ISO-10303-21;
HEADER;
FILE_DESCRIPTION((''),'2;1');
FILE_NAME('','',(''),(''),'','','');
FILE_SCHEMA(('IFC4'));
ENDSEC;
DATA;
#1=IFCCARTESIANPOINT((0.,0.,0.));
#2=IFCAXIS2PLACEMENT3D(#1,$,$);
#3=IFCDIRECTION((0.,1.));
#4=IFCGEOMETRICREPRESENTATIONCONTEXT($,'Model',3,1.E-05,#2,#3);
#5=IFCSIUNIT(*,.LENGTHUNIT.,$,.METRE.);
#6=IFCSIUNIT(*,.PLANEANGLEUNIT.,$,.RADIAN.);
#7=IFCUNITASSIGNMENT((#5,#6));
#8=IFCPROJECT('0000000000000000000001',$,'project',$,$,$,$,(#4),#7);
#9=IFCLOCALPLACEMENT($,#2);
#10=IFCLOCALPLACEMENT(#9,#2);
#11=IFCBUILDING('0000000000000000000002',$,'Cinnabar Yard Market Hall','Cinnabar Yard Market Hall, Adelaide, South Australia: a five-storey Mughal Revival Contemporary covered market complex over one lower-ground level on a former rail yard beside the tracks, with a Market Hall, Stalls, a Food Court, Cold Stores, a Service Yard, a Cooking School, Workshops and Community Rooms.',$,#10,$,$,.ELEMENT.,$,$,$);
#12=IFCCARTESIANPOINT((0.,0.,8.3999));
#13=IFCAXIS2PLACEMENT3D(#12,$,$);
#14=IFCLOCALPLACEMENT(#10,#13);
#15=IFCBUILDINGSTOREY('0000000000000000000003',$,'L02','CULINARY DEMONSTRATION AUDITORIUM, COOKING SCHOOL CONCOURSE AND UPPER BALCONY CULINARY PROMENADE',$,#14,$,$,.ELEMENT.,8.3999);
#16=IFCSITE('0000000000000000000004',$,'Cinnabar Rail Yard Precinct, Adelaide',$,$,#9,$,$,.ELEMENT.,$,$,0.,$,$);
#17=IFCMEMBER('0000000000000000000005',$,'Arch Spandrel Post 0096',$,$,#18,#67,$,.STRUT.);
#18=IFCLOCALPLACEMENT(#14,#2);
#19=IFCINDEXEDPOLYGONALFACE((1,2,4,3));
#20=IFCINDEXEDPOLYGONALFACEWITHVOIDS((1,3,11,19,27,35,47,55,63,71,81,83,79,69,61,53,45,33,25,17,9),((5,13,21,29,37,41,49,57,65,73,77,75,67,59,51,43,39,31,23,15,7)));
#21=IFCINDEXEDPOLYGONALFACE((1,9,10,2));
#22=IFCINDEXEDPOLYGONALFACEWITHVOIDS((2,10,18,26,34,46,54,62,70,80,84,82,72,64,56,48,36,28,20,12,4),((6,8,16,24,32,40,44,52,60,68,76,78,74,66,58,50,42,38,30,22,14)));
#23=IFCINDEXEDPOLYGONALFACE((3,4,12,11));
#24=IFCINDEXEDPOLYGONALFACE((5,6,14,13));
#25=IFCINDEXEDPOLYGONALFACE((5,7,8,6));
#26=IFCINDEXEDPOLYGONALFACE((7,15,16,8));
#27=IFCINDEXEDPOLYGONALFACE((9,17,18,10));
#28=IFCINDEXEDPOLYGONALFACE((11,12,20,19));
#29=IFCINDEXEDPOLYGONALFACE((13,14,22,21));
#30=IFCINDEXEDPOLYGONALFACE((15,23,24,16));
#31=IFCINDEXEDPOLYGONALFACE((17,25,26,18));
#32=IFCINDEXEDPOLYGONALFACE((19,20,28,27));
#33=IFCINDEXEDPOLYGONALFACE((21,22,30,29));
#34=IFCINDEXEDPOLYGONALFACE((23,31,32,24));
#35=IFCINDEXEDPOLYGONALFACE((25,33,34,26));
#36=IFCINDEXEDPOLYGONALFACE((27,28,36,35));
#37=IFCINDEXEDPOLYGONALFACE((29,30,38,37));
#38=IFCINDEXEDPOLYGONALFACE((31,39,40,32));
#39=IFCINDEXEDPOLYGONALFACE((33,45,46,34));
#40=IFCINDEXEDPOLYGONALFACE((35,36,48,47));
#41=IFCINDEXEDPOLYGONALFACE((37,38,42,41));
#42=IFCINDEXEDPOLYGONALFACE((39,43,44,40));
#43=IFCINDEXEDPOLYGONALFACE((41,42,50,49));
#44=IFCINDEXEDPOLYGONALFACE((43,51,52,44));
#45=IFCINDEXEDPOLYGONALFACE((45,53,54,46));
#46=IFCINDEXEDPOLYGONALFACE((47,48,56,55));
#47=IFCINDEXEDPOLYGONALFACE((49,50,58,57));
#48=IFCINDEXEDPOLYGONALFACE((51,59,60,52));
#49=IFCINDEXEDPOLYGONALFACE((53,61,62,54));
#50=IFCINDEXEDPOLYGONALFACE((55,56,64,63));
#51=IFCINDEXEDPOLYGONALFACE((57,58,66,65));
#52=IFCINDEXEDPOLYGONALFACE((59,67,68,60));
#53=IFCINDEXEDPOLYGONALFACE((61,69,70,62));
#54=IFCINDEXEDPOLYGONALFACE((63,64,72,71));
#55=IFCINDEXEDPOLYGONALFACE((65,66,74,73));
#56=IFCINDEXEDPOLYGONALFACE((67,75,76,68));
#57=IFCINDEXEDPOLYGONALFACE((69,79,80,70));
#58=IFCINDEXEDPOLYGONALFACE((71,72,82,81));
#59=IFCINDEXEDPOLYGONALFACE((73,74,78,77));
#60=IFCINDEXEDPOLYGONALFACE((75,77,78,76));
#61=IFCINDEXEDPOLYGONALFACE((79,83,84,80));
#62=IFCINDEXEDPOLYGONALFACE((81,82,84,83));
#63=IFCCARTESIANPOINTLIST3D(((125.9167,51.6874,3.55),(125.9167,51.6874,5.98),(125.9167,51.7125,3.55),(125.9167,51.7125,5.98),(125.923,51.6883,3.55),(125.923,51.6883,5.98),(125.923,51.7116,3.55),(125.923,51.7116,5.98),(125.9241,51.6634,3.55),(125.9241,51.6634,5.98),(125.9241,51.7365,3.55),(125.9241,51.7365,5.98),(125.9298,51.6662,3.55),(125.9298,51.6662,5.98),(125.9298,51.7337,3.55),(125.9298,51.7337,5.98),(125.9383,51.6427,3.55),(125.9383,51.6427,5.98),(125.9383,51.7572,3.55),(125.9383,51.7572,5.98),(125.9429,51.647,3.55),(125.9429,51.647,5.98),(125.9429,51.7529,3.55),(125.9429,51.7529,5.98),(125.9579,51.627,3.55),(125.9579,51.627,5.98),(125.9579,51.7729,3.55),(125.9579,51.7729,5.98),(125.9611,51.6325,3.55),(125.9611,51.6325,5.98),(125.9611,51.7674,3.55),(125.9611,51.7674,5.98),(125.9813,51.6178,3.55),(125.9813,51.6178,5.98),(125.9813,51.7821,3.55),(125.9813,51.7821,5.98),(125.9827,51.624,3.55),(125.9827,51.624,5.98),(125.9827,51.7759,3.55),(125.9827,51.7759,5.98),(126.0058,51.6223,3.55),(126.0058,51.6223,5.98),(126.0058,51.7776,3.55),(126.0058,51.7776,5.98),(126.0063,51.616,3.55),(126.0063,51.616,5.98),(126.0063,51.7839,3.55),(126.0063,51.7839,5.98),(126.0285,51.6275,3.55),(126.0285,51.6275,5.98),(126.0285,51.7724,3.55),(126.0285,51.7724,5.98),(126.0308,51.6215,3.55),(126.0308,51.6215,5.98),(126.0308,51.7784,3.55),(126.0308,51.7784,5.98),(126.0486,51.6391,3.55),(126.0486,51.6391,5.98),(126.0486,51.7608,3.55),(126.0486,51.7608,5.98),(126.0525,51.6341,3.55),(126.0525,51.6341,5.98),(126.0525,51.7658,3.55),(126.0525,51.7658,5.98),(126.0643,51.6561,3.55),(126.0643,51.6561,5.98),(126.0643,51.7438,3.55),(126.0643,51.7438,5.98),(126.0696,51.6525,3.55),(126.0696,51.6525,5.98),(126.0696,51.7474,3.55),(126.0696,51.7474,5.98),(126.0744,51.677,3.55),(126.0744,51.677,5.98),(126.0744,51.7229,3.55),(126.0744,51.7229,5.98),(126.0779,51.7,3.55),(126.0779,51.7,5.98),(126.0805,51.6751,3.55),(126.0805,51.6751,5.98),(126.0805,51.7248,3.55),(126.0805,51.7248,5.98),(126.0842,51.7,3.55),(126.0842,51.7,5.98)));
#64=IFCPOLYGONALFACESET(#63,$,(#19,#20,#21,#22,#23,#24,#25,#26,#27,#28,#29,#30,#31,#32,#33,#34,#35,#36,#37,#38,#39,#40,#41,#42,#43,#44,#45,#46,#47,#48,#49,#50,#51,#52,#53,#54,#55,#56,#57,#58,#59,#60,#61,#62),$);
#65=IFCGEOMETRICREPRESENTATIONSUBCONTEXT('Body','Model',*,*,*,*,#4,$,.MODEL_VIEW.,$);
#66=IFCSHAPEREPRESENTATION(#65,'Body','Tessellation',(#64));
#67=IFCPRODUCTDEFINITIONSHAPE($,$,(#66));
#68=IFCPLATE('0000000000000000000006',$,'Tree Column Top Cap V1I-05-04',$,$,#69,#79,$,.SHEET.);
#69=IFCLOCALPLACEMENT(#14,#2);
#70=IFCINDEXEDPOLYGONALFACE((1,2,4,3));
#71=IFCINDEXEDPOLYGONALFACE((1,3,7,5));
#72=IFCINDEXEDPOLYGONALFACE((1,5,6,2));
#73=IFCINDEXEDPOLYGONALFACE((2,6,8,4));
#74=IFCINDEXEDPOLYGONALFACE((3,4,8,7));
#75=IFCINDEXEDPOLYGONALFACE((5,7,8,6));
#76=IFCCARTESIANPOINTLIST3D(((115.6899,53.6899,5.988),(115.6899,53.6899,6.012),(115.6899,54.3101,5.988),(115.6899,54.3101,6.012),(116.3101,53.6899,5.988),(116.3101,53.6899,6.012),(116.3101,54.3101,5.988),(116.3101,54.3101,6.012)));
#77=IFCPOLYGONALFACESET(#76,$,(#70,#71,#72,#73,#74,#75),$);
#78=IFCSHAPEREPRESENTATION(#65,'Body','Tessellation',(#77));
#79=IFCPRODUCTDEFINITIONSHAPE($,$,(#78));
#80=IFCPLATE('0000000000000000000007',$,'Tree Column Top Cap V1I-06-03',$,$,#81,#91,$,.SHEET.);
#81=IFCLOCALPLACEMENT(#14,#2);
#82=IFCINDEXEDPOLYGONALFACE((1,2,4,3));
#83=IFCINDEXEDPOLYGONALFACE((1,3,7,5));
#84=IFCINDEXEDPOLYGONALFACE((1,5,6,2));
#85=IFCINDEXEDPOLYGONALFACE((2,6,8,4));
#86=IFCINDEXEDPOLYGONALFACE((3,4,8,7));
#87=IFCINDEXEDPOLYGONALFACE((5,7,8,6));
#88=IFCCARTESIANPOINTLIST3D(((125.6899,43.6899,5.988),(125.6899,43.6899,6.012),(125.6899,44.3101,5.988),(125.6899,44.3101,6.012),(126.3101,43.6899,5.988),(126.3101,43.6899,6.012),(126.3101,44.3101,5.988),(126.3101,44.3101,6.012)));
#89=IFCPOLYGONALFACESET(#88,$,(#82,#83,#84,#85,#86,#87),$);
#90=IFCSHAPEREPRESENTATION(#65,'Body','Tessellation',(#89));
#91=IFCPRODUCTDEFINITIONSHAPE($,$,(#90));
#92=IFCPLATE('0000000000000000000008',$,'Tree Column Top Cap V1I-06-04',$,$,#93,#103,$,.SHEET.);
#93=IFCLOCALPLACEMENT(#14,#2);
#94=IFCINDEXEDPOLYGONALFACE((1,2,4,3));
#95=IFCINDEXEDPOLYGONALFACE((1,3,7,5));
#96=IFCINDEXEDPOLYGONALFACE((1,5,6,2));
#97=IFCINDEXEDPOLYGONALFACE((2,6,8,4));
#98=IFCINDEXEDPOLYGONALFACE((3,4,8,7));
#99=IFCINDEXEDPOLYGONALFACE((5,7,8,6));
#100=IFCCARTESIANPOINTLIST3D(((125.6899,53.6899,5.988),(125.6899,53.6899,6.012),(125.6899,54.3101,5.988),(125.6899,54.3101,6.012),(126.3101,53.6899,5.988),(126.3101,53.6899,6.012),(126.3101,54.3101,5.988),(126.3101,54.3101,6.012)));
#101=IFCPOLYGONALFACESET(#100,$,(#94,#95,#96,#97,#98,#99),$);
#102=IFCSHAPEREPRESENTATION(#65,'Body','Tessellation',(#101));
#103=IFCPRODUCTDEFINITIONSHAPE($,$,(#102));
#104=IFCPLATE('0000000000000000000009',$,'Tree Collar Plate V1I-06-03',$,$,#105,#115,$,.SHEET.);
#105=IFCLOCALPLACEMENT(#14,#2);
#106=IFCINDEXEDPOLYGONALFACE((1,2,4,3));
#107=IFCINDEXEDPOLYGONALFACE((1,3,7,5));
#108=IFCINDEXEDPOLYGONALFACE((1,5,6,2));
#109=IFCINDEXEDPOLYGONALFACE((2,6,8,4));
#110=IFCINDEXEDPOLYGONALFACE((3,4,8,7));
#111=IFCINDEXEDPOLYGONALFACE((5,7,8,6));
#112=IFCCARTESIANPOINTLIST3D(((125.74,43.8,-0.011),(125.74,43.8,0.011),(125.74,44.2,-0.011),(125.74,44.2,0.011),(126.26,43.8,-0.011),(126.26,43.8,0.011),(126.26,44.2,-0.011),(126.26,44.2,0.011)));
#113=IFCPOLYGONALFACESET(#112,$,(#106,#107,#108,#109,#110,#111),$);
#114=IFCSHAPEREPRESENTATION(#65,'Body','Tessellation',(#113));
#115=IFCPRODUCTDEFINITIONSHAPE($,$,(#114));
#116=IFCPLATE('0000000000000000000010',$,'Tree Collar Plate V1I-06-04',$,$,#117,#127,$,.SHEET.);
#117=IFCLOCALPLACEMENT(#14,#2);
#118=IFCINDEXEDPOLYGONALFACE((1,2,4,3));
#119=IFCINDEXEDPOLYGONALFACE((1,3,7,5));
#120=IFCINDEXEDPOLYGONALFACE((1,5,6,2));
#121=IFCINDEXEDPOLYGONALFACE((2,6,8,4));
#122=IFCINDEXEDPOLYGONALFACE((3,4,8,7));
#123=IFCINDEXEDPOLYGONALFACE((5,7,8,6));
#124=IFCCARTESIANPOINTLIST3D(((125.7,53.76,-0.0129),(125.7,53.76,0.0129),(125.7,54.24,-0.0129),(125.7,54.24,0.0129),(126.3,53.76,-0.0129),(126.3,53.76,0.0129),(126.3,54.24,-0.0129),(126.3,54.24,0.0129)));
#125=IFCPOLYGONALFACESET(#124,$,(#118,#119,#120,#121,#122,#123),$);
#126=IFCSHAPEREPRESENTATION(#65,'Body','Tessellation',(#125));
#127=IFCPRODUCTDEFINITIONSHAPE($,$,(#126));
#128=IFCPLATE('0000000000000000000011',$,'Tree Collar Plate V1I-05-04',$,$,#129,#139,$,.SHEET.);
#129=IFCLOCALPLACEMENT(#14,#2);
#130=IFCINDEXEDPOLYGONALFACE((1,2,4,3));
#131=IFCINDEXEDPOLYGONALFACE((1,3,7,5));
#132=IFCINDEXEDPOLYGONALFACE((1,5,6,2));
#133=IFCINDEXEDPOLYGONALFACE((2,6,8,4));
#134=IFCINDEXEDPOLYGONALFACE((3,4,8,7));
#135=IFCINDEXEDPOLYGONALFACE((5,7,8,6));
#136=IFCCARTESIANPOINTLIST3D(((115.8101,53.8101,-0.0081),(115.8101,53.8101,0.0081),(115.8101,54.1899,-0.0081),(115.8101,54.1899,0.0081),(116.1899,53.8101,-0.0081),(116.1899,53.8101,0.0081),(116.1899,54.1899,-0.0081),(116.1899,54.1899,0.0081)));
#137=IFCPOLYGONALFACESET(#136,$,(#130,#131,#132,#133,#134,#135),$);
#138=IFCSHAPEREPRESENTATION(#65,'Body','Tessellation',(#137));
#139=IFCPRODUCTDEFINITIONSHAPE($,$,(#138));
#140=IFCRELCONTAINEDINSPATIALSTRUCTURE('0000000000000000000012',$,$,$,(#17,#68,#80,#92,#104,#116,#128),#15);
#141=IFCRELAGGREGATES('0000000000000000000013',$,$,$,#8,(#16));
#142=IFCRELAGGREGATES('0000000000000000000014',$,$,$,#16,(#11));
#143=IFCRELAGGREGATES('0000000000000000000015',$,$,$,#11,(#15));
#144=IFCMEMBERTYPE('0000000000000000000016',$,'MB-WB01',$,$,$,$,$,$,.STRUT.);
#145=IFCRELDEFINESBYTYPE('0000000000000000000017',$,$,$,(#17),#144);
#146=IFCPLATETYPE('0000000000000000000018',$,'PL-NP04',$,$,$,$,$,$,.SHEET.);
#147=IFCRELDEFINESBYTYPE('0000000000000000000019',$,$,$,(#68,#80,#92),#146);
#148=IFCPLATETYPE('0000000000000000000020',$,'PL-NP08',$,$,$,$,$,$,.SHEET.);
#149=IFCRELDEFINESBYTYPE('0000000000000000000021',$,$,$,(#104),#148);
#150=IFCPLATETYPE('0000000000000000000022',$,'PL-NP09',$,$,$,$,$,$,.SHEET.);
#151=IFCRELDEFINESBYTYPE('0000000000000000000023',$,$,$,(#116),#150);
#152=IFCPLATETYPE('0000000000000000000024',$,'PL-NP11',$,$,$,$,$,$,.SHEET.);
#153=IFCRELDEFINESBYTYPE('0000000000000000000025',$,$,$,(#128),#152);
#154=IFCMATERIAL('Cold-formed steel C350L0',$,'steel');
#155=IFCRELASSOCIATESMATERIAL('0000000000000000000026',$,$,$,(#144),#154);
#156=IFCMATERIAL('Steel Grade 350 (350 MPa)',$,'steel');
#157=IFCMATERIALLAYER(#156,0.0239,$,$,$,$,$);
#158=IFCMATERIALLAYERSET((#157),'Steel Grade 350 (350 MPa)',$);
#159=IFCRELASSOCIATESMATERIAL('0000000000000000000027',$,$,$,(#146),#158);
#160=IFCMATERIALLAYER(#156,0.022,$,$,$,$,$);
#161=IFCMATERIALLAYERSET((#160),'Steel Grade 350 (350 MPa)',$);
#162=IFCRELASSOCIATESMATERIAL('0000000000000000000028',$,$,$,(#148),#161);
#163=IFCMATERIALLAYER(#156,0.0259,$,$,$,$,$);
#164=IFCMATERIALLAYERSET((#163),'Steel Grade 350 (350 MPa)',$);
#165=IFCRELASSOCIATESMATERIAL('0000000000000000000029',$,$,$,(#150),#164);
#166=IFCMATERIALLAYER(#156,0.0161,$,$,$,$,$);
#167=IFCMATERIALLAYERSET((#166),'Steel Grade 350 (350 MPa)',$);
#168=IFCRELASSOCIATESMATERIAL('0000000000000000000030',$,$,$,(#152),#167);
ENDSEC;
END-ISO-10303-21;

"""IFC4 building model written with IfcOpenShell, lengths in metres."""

from ifc_helpers import new_model, si_unit, direction, frame, origin, origin_2d_with_axis, place, context, subcontext, project, spatial, rectangle, hollow_circle, extrude, material, layer, layer_set, material_profile, profile_set, type_object, element, save


model = new_model("IFC4")

# Units and contexts
model_context = context("Model", 3, precision=1e-05, world=origin(), true_north=direction((0.0, 1.0)))
body_context = subcontext(model_context, "Body", "Model", "MODEL_VIEW")
ifc_project = project(units=[si_unit("LENGTHUNIT", "METRE"), si_unit("PLANEANGLEUNIT", "RADIAN")], contexts=[model_context])

# Site, building, storey
site_placement = place(None, origin())
site = spatial("IfcSite", under=ifc_project, at=site_placement, Name="Cinnabar Rail Yard Precinct, Adelaide", CompositionType="ELEMENT", RefElevation=0.0)
building_placement = place(site_placement, origin())
building = spatial("IfcBuilding", under=site, at=building_placement, Name="Cinnabar Yard Market Hall", Description="Cinnabar Yard Market Hall, Adelaide, South Australia: a five-storey Mughal Revival Contemporary covered market complex over one lower-ground level on a former rail yard beside the tracks, with a Market Hall, Stalls, a Food Court, Cold Stores, a Service Yard, a Cooking School, Workshops and Community Rooms.", CompositionType="ELEMENT")
storey_placement = place(building_placement, frame((0.0, 0.0, 8.3999)))
storey = spatial("IfcBuildingStorey", under=building, at=storey_placement, Name="L02", Description="CULINARY DEMONSTRATION AUDITORIUM, COOKING SCHOOL CONCOURSE AND UPPER BALCONY CULINARY PROMENADE", CompositionType="ELEMENT", Elevation=8.3999)

# Member
ifc_material_1 = material(Name="Cold-formed steel C350L0", Category="steel")
ifc_material_profile_1 = material_profile(ifc_material_1, hollow_circle(Radius=0.0842, WallThickness=0.0063, at=origin_2d_with_axis()), Name="168.3x6.4CHS")
ifc_profile_set_1 = profile_set([ifc_material_profile_1], Name="Cold-formed steel C350L0")
member_type_1 = type_object("IfcMemberType", Name="MB-WB01", PredefinedType="STRUT", material=ifc_profile_set_1)
for number, where, z_axis, x_axis, name in (
    (1, (126.0, 51.7, 3.55), (0.0, 0.0, 1.0), (1.0, 0.0, 0.0), "Arch Spandrel Post 0096"),
):
    element("IfcMember", number, at=place(storey_placement, frame(where, z_axis=z_axis, x_axis=x_axis)), inside=storey, type_object=member_type_1, Name=name, PredefinedType="STRUT", context=body_context, shape_type="SweptSolid", body=[
        extrude(hollow_circle(Radius=0.0842, WallThickness=0.0063, at=origin_2d_with_axis()), origin(), (0.0, 0.0, 1.0), 2.4299),
    ])

# Plates
ifc_material_2 = material(Name="Steel Grade 350 (350 MPa)", Category="steel")
ifc_layer_1 = layer(ifc_material_2, 0.0239)
ifc_layer_set_1 = layer_set([ifc_layer_1], Name="Steel Grade 350 (350 MPa)")
plate_type_1 = type_object("IfcPlateType", Name="PL-NP04", PredefinedType="SHEET", material=ifc_layer_set_1)
for number, where, z_axis, x_axis, name in (
    (2, (116.0, 54.0, 5.988), (0.0, 0.0, 1.0), (1.0, 0.0, 0.0), "Tree Column Top Cap V1I-05-04"),
    (3, (126.0, 44.0, 5.988), (0.0, 0.0, 1.0), (1.0, 0.0, 0.0), "Tree Column Top Cap V1I-06-03"),
    (4, (126.0, 54.0, 5.988), (0.0, 0.0, 1.0), (1.0, 0.0, 0.0), "Tree Column Top Cap V1I-06-04"),
):
    element("IfcPlate", number, at=place(storey_placement, frame(where, z_axis=z_axis, x_axis=x_axis)), inside=storey, type_object=plate_type_1, Name=name, PredefinedType="SHEET", context=body_context, shape_type="SweptSolid", body=[
        extrude(rectangle(XDim=0.6201, YDim=0.6201, at=origin_2d_with_axis()), origin(), (0.0, 0.0, 1.0), 0.0239),
    ])
ifc_layer_2 = layer(ifc_material_2, 0.022)
ifc_layer_set_2 = layer_set([ifc_layer_2], Name="Steel Grade 350 (350 MPa)")
plate_type_2 = type_object("IfcPlateType", Name="PL-NP08", PredefinedType="SHEET", material=ifc_layer_set_2)
plate_1_placement = place(storey_placement, frame((126.0, 44.0, -0.011), z_axis=(0.0, 0.0, 1.0), x_axis=(1.0, 0.0, 0.0)))
element("IfcPlate", 5, at=plate_1_placement, inside=storey, type_object=plate_type_2, Name="Tree Collar Plate V1I-06-03", PredefinedType="SHEET", context=body_context, shape_type="SweptSolid", body=[
    extrude(rectangle(XDim=0.52, YDim=0.3999, at=origin_2d_with_axis()), origin(), (0.0, 0.0, 1.0), 0.022),
])
ifc_layer_3 = layer(ifc_material_2, 0.0259)
ifc_layer_set_3 = layer_set([ifc_layer_3], Name="Steel Grade 350 (350 MPa)")
plate_type_3 = type_object("IfcPlateType", Name="PL-NP09", PredefinedType="SHEET", material=ifc_layer_set_3)
plate_2_placement = place(storey_placement, frame((126.0, 54.0, -0.0129), z_axis=(0.0, 0.0, 1.0), x_axis=(1.0, 0.0, 0.0)))
element("IfcPlate", 6, at=plate_2_placement, inside=storey, type_object=plate_type_3, Name="Tree Collar Plate V1I-06-04", PredefinedType="SHEET", context=body_context, shape_type="SweptSolid", body=[
    extrude(rectangle(XDim=0.6001, YDim=0.48, at=origin_2d_with_axis()), origin(), (0.0, 0.0, 1.0), 0.0259),
])
ifc_layer_4 = layer(ifc_material_2, 0.0161)
ifc_layer_set_4 = layer_set([ifc_layer_4], Name="Steel Grade 350 (350 MPa)")
plate_type_4 = type_object("IfcPlateType", Name="PL-NP11", PredefinedType="SHEET", material=ifc_layer_set_4)
plate_3_placement = place(storey_placement, frame((116.0, 54.0, -0.0081), z_axis=(0.0, 0.0, 1.0), x_axis=(1.0, 0.0, 0.0)))
element("IfcPlate", 7, at=plate_3_placement, inside=storey, type_object=plate_type_4, Name="Tree Collar Plate V1I-05-04", PredefinedType="SHEET", context=body_context, shape_type="SweptSolid", body=[
    extrude(rectangle(XDim=0.3799, YDim=0.3799, at=origin_2d_with_axis()), origin(), (0.0, 0.0, 1.0), 0.0161),
])

save(model, "model.ifc")
